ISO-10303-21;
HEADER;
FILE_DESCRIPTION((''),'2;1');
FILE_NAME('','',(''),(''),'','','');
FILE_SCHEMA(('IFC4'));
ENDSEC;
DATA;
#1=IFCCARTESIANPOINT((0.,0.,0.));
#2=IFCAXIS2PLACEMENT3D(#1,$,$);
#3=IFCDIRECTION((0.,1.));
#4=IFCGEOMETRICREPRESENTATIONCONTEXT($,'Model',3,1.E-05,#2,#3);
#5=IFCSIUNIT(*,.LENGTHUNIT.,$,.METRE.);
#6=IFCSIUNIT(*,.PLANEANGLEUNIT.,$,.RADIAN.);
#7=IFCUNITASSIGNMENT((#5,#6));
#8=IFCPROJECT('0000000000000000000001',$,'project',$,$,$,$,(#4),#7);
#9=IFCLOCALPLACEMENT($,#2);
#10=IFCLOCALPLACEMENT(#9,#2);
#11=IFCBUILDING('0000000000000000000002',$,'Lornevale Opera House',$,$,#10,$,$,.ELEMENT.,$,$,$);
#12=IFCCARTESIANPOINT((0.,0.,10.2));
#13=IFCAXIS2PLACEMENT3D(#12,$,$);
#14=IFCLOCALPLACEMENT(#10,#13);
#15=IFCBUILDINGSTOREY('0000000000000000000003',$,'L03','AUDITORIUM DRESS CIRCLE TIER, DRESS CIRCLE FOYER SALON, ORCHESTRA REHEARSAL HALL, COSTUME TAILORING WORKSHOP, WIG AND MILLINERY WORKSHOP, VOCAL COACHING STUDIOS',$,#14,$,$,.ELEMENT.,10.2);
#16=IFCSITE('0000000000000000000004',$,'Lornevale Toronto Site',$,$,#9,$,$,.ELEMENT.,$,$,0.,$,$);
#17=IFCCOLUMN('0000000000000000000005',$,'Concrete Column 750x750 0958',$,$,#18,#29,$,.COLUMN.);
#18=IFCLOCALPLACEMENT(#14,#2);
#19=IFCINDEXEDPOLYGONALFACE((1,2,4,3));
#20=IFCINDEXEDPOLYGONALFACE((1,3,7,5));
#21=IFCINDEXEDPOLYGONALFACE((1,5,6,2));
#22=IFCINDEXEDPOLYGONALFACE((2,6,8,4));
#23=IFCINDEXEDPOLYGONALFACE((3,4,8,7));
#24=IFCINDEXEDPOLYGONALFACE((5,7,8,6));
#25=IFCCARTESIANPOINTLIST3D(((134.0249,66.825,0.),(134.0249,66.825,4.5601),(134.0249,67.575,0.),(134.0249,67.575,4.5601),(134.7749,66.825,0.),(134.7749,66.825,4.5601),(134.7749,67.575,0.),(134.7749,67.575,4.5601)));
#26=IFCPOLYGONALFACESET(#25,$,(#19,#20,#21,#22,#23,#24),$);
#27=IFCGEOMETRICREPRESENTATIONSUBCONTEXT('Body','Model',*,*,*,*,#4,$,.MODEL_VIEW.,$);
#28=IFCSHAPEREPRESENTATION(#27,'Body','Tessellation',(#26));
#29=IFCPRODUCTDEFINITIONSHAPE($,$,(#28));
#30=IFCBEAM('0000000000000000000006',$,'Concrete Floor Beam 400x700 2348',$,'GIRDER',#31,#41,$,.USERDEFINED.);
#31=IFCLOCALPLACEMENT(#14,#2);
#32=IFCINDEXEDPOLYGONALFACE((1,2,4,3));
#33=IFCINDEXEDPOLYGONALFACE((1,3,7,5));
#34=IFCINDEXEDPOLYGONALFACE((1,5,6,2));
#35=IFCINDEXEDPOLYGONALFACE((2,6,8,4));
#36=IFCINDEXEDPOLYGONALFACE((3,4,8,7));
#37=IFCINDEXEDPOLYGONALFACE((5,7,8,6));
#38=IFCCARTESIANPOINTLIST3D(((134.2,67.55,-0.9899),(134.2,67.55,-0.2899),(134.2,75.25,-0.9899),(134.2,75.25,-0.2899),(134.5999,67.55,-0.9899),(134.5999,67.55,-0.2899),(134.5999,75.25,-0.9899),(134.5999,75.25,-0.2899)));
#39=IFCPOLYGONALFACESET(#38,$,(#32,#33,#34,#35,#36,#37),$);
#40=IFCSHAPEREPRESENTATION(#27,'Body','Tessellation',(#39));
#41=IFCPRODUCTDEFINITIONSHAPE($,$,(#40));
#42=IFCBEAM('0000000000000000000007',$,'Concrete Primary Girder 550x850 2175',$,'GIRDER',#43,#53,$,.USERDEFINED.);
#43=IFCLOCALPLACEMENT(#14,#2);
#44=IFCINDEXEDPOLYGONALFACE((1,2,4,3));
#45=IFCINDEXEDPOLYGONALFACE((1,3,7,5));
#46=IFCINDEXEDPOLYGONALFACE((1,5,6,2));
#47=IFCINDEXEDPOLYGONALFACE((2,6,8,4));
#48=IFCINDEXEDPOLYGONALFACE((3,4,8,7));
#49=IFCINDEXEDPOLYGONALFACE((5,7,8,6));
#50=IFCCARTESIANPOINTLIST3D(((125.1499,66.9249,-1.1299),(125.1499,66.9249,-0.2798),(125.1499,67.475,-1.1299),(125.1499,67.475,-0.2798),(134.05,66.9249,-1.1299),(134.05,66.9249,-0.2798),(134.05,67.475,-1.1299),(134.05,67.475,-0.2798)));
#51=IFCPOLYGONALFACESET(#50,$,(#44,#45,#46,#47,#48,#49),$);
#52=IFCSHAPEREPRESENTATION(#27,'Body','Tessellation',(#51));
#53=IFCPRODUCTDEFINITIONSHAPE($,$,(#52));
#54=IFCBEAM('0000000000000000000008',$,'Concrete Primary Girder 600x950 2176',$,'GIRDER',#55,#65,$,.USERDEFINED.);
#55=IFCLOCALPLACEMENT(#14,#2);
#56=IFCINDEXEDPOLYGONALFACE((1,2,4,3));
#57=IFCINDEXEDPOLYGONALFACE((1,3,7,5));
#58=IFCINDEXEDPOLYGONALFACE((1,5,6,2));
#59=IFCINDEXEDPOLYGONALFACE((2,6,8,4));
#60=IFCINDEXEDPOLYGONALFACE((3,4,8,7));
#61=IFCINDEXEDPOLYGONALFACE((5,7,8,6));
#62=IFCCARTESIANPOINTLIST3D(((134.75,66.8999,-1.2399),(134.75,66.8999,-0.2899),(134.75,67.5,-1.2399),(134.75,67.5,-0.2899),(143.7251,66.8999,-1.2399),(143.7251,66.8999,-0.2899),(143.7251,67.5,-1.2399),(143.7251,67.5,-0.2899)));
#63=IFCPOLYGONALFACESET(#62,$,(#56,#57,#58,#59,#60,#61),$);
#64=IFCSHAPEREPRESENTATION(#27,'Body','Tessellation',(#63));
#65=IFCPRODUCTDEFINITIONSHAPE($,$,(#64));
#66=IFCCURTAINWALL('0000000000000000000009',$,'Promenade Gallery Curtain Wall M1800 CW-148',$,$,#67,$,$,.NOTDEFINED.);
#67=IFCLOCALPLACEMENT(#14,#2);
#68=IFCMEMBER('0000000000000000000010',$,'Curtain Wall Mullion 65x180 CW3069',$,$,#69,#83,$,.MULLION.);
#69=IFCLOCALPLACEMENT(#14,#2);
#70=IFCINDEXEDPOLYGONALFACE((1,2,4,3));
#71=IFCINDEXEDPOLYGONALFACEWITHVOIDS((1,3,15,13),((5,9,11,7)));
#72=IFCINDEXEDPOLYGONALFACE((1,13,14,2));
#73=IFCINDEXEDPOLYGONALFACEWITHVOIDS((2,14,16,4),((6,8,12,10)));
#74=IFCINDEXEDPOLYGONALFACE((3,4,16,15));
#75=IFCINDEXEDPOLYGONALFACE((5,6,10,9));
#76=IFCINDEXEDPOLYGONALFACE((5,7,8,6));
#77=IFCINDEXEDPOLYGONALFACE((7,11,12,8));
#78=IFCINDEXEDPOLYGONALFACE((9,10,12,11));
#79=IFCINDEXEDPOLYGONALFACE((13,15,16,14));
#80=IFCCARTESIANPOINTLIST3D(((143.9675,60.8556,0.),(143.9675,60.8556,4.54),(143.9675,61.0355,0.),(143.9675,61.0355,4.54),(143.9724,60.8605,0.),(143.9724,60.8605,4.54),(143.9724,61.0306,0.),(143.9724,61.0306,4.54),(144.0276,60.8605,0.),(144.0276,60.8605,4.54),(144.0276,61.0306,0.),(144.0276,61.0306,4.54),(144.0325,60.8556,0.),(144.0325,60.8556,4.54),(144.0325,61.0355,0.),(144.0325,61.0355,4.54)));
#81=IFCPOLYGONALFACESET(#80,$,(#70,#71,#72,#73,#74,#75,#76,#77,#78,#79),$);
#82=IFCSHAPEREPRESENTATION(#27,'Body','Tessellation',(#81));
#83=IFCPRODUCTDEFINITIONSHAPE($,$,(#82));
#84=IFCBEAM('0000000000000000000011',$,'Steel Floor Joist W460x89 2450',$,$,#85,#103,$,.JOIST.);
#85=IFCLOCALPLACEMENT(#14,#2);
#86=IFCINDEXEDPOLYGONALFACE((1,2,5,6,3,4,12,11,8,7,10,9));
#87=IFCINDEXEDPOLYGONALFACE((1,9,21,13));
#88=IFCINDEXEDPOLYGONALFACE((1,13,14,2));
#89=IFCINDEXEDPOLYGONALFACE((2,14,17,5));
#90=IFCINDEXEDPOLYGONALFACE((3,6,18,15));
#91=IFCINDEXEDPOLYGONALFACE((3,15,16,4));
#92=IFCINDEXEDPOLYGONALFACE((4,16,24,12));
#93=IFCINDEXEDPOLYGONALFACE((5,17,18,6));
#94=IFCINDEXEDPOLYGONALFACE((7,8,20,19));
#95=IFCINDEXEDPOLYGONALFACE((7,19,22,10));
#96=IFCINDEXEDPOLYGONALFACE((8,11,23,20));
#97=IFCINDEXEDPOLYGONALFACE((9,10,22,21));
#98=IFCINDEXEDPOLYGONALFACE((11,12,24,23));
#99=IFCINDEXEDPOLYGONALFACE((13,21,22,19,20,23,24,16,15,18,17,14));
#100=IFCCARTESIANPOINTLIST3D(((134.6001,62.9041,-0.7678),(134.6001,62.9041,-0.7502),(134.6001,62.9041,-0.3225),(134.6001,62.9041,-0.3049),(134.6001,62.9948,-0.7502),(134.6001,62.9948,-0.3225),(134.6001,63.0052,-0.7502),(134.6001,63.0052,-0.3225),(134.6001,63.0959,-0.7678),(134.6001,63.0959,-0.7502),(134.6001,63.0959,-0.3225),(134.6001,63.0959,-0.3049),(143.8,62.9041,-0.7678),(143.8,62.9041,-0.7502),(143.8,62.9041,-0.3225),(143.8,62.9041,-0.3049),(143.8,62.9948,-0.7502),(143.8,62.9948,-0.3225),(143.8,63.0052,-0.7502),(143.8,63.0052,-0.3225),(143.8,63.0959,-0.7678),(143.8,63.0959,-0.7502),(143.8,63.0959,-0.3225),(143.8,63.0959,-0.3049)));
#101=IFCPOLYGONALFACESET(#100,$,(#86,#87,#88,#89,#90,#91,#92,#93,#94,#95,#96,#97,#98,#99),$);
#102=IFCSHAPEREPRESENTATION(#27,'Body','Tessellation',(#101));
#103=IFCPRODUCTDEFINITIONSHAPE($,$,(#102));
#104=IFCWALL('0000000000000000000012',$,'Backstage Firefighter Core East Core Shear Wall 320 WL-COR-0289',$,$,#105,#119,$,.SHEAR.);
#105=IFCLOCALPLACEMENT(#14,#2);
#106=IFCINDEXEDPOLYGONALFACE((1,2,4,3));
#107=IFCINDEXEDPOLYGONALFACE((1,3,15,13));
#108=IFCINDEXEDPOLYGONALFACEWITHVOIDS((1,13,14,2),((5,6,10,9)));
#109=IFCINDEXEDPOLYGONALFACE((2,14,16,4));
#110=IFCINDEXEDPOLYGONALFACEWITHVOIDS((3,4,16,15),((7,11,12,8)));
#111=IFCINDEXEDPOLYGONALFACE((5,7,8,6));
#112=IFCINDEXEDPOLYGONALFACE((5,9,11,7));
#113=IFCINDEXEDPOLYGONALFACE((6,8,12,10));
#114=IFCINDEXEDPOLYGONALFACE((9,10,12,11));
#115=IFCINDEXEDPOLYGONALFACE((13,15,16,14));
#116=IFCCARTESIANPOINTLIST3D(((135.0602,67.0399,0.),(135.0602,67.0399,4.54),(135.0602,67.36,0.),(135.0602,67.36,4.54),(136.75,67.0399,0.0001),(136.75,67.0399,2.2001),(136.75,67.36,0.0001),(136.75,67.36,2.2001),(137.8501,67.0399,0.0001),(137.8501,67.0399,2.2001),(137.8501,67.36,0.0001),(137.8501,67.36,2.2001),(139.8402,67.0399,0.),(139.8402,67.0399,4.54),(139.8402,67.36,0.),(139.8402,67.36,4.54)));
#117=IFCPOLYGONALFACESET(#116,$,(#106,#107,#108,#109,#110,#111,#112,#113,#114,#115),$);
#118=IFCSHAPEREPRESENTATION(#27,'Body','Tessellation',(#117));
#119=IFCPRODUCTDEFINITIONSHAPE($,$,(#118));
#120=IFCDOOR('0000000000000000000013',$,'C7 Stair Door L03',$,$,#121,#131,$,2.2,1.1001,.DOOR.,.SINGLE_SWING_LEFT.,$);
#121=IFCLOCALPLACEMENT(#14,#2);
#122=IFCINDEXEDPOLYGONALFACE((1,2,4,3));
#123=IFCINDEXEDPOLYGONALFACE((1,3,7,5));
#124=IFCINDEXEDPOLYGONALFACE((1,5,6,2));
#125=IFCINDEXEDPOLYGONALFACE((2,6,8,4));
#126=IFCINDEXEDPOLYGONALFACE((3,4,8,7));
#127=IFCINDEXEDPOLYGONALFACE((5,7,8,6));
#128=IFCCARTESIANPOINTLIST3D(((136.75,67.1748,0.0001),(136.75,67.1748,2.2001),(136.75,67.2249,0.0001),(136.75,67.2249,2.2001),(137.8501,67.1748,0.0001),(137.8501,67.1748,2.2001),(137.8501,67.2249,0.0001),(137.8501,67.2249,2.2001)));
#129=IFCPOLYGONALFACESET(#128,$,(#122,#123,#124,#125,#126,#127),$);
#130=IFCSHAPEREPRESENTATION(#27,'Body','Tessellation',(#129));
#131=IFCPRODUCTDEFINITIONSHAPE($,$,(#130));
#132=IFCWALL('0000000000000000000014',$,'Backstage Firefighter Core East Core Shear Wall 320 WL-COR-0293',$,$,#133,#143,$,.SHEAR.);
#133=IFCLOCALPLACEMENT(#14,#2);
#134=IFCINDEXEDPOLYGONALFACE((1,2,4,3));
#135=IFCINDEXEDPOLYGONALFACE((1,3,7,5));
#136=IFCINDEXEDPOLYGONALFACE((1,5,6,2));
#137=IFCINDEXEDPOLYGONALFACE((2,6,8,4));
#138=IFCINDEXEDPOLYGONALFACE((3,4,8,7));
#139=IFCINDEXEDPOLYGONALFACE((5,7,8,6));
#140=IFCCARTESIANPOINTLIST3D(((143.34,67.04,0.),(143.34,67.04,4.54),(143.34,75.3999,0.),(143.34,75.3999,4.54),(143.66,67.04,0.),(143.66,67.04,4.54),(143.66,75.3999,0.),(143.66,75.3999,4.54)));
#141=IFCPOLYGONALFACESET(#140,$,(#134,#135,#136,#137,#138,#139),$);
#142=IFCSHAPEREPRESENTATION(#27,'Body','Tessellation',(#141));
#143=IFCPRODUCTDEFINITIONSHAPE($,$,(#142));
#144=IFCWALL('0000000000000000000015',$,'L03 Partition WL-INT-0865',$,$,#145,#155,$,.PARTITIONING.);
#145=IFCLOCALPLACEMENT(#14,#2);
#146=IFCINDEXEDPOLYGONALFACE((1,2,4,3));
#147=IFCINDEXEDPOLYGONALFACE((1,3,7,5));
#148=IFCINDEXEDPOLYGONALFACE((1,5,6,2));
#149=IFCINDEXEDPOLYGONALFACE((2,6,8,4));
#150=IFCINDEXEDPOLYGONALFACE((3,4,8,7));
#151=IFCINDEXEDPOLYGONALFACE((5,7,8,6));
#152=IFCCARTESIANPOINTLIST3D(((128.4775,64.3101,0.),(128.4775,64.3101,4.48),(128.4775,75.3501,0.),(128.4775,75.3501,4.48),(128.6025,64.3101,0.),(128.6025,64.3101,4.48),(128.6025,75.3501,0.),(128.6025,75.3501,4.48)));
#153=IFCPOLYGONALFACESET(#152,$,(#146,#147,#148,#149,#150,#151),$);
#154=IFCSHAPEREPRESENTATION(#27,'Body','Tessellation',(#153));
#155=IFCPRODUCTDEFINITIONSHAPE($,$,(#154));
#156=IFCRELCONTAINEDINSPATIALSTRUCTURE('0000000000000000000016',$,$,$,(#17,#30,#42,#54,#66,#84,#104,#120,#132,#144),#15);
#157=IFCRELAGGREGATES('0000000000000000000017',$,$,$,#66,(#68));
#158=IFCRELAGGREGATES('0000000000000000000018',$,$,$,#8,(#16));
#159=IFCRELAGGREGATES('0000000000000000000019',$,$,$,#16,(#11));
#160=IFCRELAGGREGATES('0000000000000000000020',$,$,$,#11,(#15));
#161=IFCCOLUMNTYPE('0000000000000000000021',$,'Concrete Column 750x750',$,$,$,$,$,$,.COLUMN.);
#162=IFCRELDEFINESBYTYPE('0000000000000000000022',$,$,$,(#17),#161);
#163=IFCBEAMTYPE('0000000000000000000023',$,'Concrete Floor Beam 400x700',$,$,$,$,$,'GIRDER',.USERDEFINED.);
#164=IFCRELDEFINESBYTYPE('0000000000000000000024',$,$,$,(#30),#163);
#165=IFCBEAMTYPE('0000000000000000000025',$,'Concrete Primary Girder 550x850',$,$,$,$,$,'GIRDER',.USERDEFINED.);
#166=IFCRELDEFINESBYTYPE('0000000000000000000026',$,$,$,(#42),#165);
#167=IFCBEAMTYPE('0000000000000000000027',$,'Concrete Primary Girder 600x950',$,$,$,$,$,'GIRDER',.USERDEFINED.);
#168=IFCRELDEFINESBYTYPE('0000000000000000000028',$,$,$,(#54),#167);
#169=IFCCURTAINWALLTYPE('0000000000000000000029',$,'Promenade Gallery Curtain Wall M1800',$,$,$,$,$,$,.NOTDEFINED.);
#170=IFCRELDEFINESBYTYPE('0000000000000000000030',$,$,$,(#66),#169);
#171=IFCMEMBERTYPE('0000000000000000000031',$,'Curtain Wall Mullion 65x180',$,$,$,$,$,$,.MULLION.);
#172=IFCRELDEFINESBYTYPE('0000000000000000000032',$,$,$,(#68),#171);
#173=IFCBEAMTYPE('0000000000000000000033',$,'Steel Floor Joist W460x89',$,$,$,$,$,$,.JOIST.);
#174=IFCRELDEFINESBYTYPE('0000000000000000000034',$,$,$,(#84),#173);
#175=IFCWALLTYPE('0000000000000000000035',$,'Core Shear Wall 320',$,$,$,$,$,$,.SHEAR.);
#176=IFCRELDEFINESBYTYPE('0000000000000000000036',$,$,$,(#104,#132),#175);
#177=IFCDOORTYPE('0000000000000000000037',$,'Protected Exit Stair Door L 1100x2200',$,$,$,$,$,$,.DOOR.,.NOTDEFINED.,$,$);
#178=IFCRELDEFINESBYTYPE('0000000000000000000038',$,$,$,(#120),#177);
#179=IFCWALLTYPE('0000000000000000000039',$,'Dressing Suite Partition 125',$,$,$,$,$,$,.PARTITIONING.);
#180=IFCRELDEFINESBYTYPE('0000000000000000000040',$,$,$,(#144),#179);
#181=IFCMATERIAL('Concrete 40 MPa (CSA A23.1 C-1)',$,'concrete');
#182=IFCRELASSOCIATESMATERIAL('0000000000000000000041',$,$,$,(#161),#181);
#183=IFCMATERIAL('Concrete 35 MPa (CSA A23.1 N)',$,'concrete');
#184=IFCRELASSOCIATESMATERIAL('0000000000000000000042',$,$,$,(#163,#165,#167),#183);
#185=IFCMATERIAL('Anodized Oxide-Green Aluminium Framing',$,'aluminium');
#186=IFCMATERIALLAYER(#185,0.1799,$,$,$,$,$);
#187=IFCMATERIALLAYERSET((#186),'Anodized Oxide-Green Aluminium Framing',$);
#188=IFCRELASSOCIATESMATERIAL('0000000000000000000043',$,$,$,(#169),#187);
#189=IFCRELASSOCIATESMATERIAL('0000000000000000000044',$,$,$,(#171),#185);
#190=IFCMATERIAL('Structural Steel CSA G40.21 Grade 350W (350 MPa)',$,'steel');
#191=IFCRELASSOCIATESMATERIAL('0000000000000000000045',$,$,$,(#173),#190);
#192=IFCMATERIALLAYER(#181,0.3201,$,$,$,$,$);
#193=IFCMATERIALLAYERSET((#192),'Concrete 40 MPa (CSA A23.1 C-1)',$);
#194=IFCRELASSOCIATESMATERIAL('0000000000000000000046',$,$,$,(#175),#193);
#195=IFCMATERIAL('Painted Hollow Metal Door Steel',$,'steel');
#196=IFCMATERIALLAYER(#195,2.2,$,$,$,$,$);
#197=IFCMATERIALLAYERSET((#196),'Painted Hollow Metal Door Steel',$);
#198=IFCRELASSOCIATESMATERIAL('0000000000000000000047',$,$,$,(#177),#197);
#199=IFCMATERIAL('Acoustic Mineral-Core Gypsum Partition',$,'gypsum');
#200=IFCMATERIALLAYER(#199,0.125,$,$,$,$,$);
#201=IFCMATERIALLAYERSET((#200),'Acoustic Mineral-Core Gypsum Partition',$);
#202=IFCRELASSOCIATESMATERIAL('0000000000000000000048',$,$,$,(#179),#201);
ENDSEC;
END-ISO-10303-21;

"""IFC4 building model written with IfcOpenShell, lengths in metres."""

from ifc_helpers import new_model, si_unit, direction, frame, frame_2d, origin, origin_2d, place, context, subcontext, project, spatial, rectangle, hollow_rectangle, i_section, extrude, material, layer, layer_set, material_profile, profile_set, type_object, element, fill, aggregate, save


model = new_model("IFC4")

# Units and contexts
model_context = context("Model", 3, precision=1e-05, world=origin(), true_north=direction((0.0, 1.0)))
body_context = subcontext(model_context, "Body", "Model", "MODEL_VIEW")
ifc_project = project(units=[si_unit("LENGTHUNIT", "METRE"), si_unit("PLANEANGLEUNIT", "RADIAN")], contexts=[model_context])

# Site, building, storey
site_placement = place(None, origin())
site = spatial("IfcSite", under=ifc_project, at=site_placement, Name="Lornevale Toronto Site", CompositionType="ELEMENT", RefElevation=0.0)
building_placement = place(site_placement, origin())
building = spatial("IfcBuilding", under=site, at=building_placement, Name="Lornevale Opera House", CompositionType="ELEMENT")
storey_placement = place(building_placement, frame((0.0, 0.0, 10.2)))
storey = spatial("IfcBuildingStorey", under=building, at=storey_placement, Name="L03", Description="AUDITORIUM DRESS CIRCLE TIER, DRESS CIRCLE FOYER SALON, ORCHESTRA REHEARSAL HALL, COSTUME TAILORING WORKSHOP, WIG AND MILLINERY WORKSHOP, VOCAL COACHING STUDIOS", CompositionType="ELEMENT", Elevation=10.2)

# Column
ifc_material_1 = material(Name="Concrete 40 MPa (CSA A23.1 C-1)", Category="concrete")
ifc_material_profile_1 = material_profile(ifc_material_1, rectangle(XDim=0.75, YDim=0.75, at=origin_2d()), Name="RC750x750")
ifc_profile_set_1 = profile_set([ifc_material_profile_1], Name="Concrete 40 MPa (CSA A23.1 C-1)")
column_type = type_object("IfcColumnType", Name="Concrete Column 750x750", PredefinedType="COLUMN", material=ifc_profile_set_1)
column_placement = place(storey_placement, frame((134.3999, 67.2, 0.0), z_axis=(0.0, 0.0, 1.0), x_axis=(1.0, 0.0, 0.0)))
element("IfcColumn", 1, at=column_placement, inside=storey, type_object=column_type, Name="Concrete Column 750x750 0958", PredefinedType="COLUMN", context=body_context, shape_type="SweptSolid", body=[
    extrude(rectangle(XDim=0.75, YDim=0.75, at=origin_2d()), origin(), (0.0, 0.0, 1.0), 4.5601),
])

# Beams
ifc_material_2 = material(Name="Concrete 35 MPa (CSA A23.1 N)", Category="concrete")
ifc_material_profile_2 = material_profile(ifc_material_2, rectangle(XDim=0.3999, YDim=0.7, at=origin_2d()), Name="RC400x700")
ifc_profile_set_2 = profile_set([ifc_material_profile_2], Name="Concrete 35 MPa (CSA A23.1 N)")
beam_type_1 = type_object("IfcBeamType", Name="Concrete Floor Beam 400x700", ElementType="GIRDER", PredefinedType="USERDEFINED", material=ifc_profile_set_2)
beam_1_placement = place(storey_placement, frame((134.3999, 67.55, -0.6399), z_axis=(0.0, 1.0, 0.0), x_axis=(-1.0, 0.0, 0.0)))
element("IfcBeam", 2, at=beam_1_placement, inside=storey, type_object=beam_type_1, Name="Concrete Floor Beam 400x700 2348", ObjectType="GIRDER", PredefinedType="USERDEFINED", context=body_context, shape_type="SweptSolid", body=[
    extrude(rectangle(XDim=0.3999, YDim=0.7, at=origin_2d()), origin(), (0.0, 0.0, 1.0), 7.7),
])
ifc_material_profile_3 = material_profile(ifc_material_2, rectangle(XDim=0.55, YDim=0.8501, at=origin_2d()), Name="RC550x850")
ifc_profile_set_3 = profile_set([ifc_material_profile_3], Name="Concrete 35 MPa (CSA A23.1 N)")
beam_type_2 = type_object("IfcBeamType", Name="Concrete Primary Girder 550x850", ElementType="GIRDER", PredefinedType="USERDEFINED", material=ifc_profile_set_3)
beam_2_placement = place(storey_placement, frame((125.1499, 67.2, -0.7048), z_axis=(1.0, 0.0, 0.0), x_axis=(0.0, 1.0, 0.0)))
element("IfcBeam", 3, at=beam_2_placement, inside=storey, type_object=beam_type_2, Name="Concrete Primary Girder 550x850 2175", ObjectType="GIRDER", PredefinedType="USERDEFINED", context=body_context, shape_type="SweptSolid", body=[
    extrude(rectangle(XDim=0.55, YDim=0.8501, at=origin_2d()), origin(), (0.0, 0.0, 1.0), 8.9001),
])
ifc_material_profile_4 = material_profile(ifc_material_2, rectangle(XDim=0.6001, YDim=0.95, at=origin_2d()), Name="RC600x950")
ifc_profile_set_4 = profile_set([ifc_material_profile_4], Name="Concrete 35 MPa (CSA A23.1 N)")
beam_type_3 = type_object("IfcBeamType", Name="Concrete Primary Girder 600x950", ElementType="GIRDER", PredefinedType="USERDEFINED", material=ifc_profile_set_4)
beam_3_placement = place(storey_placement, frame((134.75, 67.2, -0.7649), z_axis=(1.0, 0.0, 0.0), x_axis=(0.0, 1.0, 0.0)))
element("IfcBeam", 4, at=beam_3_placement, inside=storey, type_object=beam_type_3, Name="Concrete Primary Girder 600x950 2176", ObjectType="GIRDER", PredefinedType="USERDEFINED", context=body_context, shape_type="SweptSolid", body=[
    extrude(rectangle(XDim=0.6001, YDim=0.95, at=origin_2d()), origin(), (0.0, 0.0, 1.0), 8.9751),
])

# Curtain wall, member
ifc_material_3 = material(Name="Anodized Oxide-Green Aluminium Framing", Category="aluminium")
ifc_layer_1 = layer(ifc_material_3, 0.1799)
ifc_layer_set_1 = layer_set([ifc_layer_1], Name="Anodized Oxide-Green Aluminium Framing")
curtain_wall_type = type_object("IfcCurtainWallType", Name="Promenade Gallery Curtain Wall M1800", PredefinedType="NOTDEFINED", material=ifc_layer_set_1)
curtain_wall_placement = place(storey_placement, origin())
curtain_wall = element("IfcCurtainWall", 5, at=curtain_wall_placement, inside=storey, type_object=curtain_wall_type, Name="Promenade Gallery Curtain Wall M1800 CW-148", PredefinedType="NOTDEFINED")
ifc_material_profile_5 = material_profile(ifc_material_3, hollow_rectangle(XDim=0.0649, YDim=0.1799, WallThickness=0.0049, at=origin_2d()), Name="ALU65x180x5")
ifc_profile_set_5 = profile_set([ifc_material_profile_5], Name="Anodized Oxide-Green Aluminium Framing")
member_type = type_object("IfcMemberType", Name="Curtain Wall Mullion 65x180", PredefinedType="MULLION", material=ifc_profile_set_5)
member_placement = place(storey_placement, frame((144.0, 60.9456, 0.0), z_axis=(0.0, 0.0, 1.0), x_axis=(1.0, 0.0, 0.0)))
member = element("IfcMember", 6, at=member_placement, type_object=member_type, Name="Curtain Wall Mullion 65x180 CW3069", PredefinedType="MULLION", context=body_context, shape_type="SweptSolid", body=[
    extrude(hollow_rectangle(XDim=0.0649, YDim=0.1799, WallThickness=0.0049, at=origin_2d()), origin(), (0.0, 0.0, 1.0), 4.54),
])
aggregate(curtain_wall, [member])

# Beam
ifc_material_4 = material(Name="Structural Steel CSA G40.21 Grade 350W (350 MPa)", Category="steel")
ifc_material_profile_6 = material_profile(ifc_material_4, i_section(OverallWidth=0.1919, OverallDepth=0.4629, WebThickness=0.0105, FlangeThickness=0.0176, at=origin_2d()), Name="W460x89")
ifc_profile_set_6 = profile_set([ifc_material_profile_6], Name="Structural Steel CSA G40.21 Grade 350W (350 MPa)")
beam_type_4 = type_object("IfcBeamType", Name="Steel Floor Joist W460x89", PredefinedType="JOIST", material=ifc_profile_set_6)
beam_4_placement = place(storey_placement, frame((134.6001, 63.0, -0.5364), z_axis=(1.0, 0.0, 0.0), x_axis=(0.0, 1.0, 0.0)))
element("IfcBeam", 7, at=beam_4_placement, inside=storey, type_object=beam_type_4, Name="Steel Floor Joist W460x89 2450", PredefinedType="JOIST", context=body_context, shape_type="SweptSolid", body=[
    extrude(i_section(OverallWidth=0.1919, OverallDepth=0.4629, WebThickness=0.0105, FlangeThickness=0.0176, at=origin_2d()), origin(), (0.0, 0.0, 1.0), 9.2),
])

# Wall, opening, door
ifc_layer_2 = layer(ifc_material_1, 0.3201)
ifc_layer_set_2 = layer_set([ifc_layer_2], Name="Concrete 40 MPa (CSA A23.1 C-1)")
wall_type_1 = type_object("IfcWallType", Name="Core Shear Wall 320", PredefinedType="SHEAR", material=ifc_layer_set_2)
wall_1_placement = place(storey_placement, frame((135.0601, 67.2, 0.0), z_axis=(0.0, 0.0, 1.0), x_axis=(1.0, 0.0, 0.0)))
wall_1 = element("IfcWall", 8, at=wall_1_placement, inside=storey, type_object=wall_type_1, Name="Backstage Firefighter Core East Core Shear Wall 320 WL-COR-0289", PredefinedType="SHEAR", context=body_context, shape_type="SweptSolid", body=[
    extrude(rectangle(XDim=4.78, YDim=0.3201, at=frame_2d((2.3901, 0.0))), origin(), (0.0, 0.0, 1.0), 4.54),
])
opening_1_placement = place(wall_1_placement, frame((1.6899, 0.0, 0.0)))
opening_1 = element("IfcOpeningElement", 9, at=opening_1_placement, cuts=wall_1, PredefinedType="OPENING", context=body_context, shape_type="SweptSolid", body=[
    extrude(rectangle(XDim=1.1001, YDim=2.2, at=frame_2d((0.55, 1.1001))), frame((0.0, 0.1699, 0.0), z_axis=(0.0, -1.0, 0.0), x_axis=(1.0, 0.0, 0.0)), (0.0, 0.0, 1.0), 0.3401),
])
ifc_material_5 = material(Name="Painted Hollow Metal Door Steel", Category="steel")
ifc_layer_3 = layer(ifc_material_5, 2.2)
ifc_layer_set_3 = layer_set([ifc_layer_3], Name="Painted Hollow Metal Door Steel")
door_type_1 = type_object("IfcDoorType", Name="Protected Exit Stair Door L 1100x2200", OperationType="NOTDEFINED", PredefinedType="DOOR", material=ifc_layer_set_3)
door_1_placement = place(opening_1_placement, origin())
door_1 = element("IfcDoor", 10, at=door_1_placement, inside=storey, type_object=door_type_1, Name="C7 Stair Door L03", OperationType="SINGLE_SWING_LEFT", OverallHeight=2.2, OverallWidth=1.1001, PredefinedType="DOOR", context=body_context, shape_type="SweptSolid", body=[
    extrude(rectangle(XDim=1.1001, YDim=2.2, at=frame_2d((0.55, 1.1001))), frame((0.0, 0.0249, 0.0), z_axis=(0.0, -1.0, 0.0), x_axis=(1.0, 0.0, 0.0)), (0.0, 0.0, 1.0), 0.05),
])
fill(opening_1, door_1)

# Walls
wall_2_placement = place(storey_placement, frame((143.5, 67.04, 0.0), z_axis=(0.0, 0.0, 1.0), x_axis=(0.0, 1.0, 0.0)))
element("IfcWall", 11, at=wall_2_placement, inside=storey, type_object=wall_type_1, Name="Backstage Firefighter Core East Core Shear Wall 320 WL-COR-0293", PredefinedType="SHEAR", context=body_context, shape_type="SweptSolid", body=[
    extrude(rectangle(XDim=8.3599, YDim=0.3201, at=frame_2d((4.1799, 0.0))), origin(), (0.0, 0.0, 1.0), 4.54),
])
ifc_material_6 = material(Name="Acoustic Mineral-Core Gypsum Partition", Category="gypsum")
ifc_layer_4 = layer(ifc_material_6, 0.125)
ifc_layer_set_4 = layer_set([ifc_layer_4], Name="Acoustic Mineral-Core Gypsum Partition")
wall_type_2 = type_object("IfcWallType", Name="Dressing Suite Partition 125", PredefinedType="PARTITIONING", material=ifc_layer_set_4)
wall_3_placement = place(storey_placement, frame((128.54, 64.3101, 0.0), z_axis=(0.0, 0.0, 1.0), x_axis=(0.0, 1.0, 0.0)))
element("IfcWall", 12, at=wall_3_placement, inside=storey, type_object=wall_type_2, Name="L03 Partition WL-INT-0865", PredefinedType="PARTITIONING", context=body_context, shape_type="SweptSolid", body=[
    extrude(rectangle(XDim=11.04, YDim=0.125, at=frame_2d((5.52, 0.0))), origin(), (0.0, 0.0, 1.0), 4.48),
])

save(model, "model.ifc")
